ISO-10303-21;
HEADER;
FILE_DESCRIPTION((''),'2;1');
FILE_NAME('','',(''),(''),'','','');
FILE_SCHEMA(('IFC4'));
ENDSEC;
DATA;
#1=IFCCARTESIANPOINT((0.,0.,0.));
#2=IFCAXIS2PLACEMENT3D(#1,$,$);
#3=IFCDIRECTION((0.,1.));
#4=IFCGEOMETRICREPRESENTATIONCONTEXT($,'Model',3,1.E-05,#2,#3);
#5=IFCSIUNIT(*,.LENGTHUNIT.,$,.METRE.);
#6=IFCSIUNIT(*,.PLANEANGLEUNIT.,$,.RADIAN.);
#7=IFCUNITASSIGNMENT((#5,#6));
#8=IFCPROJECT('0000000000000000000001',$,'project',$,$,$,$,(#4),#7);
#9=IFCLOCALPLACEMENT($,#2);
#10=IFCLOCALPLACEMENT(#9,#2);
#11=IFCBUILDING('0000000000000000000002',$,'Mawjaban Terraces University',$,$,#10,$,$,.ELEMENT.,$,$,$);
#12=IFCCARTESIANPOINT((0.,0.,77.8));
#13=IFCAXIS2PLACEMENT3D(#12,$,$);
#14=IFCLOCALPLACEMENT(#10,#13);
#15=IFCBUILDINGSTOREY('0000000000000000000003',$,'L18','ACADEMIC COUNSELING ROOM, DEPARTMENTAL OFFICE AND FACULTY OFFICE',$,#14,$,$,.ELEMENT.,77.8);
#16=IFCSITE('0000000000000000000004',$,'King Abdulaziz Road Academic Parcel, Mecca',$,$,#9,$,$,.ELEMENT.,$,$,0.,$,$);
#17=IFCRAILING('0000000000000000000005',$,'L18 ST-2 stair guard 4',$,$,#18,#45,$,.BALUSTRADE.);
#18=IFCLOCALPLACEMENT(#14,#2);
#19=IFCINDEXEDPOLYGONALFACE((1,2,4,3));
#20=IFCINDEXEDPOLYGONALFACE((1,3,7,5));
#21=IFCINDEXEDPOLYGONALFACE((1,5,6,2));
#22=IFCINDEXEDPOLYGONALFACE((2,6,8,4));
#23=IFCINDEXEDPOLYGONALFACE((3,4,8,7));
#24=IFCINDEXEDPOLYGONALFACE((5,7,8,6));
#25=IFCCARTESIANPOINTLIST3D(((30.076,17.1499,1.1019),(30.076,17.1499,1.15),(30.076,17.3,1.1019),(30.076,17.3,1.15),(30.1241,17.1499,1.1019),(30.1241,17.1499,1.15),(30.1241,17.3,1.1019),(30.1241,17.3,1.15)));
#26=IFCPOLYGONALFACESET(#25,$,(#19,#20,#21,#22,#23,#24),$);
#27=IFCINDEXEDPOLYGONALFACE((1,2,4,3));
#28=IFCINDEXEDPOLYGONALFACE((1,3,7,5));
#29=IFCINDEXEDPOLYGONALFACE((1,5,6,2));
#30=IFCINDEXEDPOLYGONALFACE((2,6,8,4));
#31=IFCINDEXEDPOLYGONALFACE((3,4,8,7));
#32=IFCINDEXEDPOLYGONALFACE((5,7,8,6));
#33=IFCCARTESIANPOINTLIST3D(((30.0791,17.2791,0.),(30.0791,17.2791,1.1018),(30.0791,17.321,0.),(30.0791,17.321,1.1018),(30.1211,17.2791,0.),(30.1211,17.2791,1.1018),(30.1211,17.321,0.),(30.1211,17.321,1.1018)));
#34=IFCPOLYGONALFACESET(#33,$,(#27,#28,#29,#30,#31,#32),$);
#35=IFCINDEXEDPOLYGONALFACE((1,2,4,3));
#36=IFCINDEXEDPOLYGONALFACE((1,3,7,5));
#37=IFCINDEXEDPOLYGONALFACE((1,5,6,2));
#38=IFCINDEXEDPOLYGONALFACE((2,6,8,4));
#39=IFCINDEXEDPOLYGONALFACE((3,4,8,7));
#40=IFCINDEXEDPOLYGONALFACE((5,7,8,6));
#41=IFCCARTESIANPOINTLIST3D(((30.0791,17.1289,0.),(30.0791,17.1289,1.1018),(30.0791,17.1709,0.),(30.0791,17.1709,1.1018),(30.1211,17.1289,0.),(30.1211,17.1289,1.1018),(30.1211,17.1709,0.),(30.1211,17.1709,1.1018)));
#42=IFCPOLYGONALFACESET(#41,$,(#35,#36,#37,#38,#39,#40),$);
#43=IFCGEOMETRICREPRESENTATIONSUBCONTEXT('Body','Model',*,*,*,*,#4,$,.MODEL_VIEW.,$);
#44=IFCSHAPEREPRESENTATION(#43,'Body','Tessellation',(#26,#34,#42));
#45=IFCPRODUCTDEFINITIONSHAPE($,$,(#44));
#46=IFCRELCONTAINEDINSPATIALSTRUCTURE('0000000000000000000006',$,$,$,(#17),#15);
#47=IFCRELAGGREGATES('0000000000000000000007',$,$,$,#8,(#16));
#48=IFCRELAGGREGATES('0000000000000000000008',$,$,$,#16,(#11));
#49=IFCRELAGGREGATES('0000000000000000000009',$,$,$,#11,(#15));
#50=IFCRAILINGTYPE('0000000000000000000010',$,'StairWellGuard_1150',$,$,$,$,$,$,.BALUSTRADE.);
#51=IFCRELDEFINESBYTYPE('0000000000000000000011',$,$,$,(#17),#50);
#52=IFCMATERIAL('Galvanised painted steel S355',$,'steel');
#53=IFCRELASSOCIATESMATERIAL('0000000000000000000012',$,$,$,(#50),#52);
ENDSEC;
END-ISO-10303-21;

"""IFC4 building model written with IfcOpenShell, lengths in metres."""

from ifc_helpers import new_model, si_unit, direction, frame, origin, origin_2d, place, context, subcontext, project, spatial, rectangle, extrude, material, type_object, element, save


model = new_model("IFC4")

# Units and contexts
model_context = context("Model", 3, precision=1e-05, world=origin(), true_north=direction((0.0, 1.0)))
body_context = subcontext(model_context, "Body", "Model", "MODEL_VIEW")
ifc_project = project(units=[si_unit("LENGTHUNIT", "METRE"), si_unit("PLANEANGLEUNIT", "RADIAN")], contexts=[model_context])

# Site, building, storey
site_placement = place(None, origin())
site = spatial("IfcSite", under=ifc_project, at=site_placement, Name="King Abdulaziz Road Academic Parcel, Mecca", CompositionType="ELEMENT", RefElevation=0.0)
building_placement = place(site_placement, origin())
building = spatial("IfcBuilding", under=site, at=building_placement, Name="Mawjaban Terraces University", CompositionType="ELEMENT")
storey_placement = place(building_placement, frame((0.0, 0.0, 77.8)))
storey = spatial("IfcBuildingStorey", under=building, at=storey_placement, Name="L18", Description="ACADEMIC COUNSELING ROOM, DEPARTMENTAL OFFICE AND FACULTY OFFICE", CompositionType="ELEMENT", Elevation=77.8)

# Railing
ifc_material_1 = material(Name="Galvanised painted steel S355", Category="steel")
railing_type_1 = type_object("IfcRailingType", Name="StairWellGuard_1150", PredefinedType="BALUSTRADE", material=ifc_material_1)
railing_1_placement = place(storey_placement, frame((30.1001, 17.3, 0.0)))
element("IfcRailing", 1, at=railing_1_placement, inside=storey, type_object=railing_type_1, Name="L18 ST-2 stair guard 4", PredefinedType="BALUSTRADE", context=body_context, shape_type="SweptSolid", body=[
    extrude(rectangle(XDim=0.0481, YDim=0.0481, at=origin_2d()), frame((0.0, 0.0, 1.126), z_axis=(0.0, -1.0, 0.0), x_axis=(1.0, 0.0, 0.0)), (0.0, 0.0, 1.0), 0.1501),
    extrude(rectangle(XDim=0.042, YDim=0.042, at=origin_2d()), origin(), (0.0, 0.0, 1.0), 1.1018),
    extrude(rectangle(XDim=0.042, YDim=0.042, at=origin_2d()), frame((0.0, -0.1501, 0.0)), (0.0, 0.0, 1.0), 1.1018),
])

save(model, "model.ifc")
